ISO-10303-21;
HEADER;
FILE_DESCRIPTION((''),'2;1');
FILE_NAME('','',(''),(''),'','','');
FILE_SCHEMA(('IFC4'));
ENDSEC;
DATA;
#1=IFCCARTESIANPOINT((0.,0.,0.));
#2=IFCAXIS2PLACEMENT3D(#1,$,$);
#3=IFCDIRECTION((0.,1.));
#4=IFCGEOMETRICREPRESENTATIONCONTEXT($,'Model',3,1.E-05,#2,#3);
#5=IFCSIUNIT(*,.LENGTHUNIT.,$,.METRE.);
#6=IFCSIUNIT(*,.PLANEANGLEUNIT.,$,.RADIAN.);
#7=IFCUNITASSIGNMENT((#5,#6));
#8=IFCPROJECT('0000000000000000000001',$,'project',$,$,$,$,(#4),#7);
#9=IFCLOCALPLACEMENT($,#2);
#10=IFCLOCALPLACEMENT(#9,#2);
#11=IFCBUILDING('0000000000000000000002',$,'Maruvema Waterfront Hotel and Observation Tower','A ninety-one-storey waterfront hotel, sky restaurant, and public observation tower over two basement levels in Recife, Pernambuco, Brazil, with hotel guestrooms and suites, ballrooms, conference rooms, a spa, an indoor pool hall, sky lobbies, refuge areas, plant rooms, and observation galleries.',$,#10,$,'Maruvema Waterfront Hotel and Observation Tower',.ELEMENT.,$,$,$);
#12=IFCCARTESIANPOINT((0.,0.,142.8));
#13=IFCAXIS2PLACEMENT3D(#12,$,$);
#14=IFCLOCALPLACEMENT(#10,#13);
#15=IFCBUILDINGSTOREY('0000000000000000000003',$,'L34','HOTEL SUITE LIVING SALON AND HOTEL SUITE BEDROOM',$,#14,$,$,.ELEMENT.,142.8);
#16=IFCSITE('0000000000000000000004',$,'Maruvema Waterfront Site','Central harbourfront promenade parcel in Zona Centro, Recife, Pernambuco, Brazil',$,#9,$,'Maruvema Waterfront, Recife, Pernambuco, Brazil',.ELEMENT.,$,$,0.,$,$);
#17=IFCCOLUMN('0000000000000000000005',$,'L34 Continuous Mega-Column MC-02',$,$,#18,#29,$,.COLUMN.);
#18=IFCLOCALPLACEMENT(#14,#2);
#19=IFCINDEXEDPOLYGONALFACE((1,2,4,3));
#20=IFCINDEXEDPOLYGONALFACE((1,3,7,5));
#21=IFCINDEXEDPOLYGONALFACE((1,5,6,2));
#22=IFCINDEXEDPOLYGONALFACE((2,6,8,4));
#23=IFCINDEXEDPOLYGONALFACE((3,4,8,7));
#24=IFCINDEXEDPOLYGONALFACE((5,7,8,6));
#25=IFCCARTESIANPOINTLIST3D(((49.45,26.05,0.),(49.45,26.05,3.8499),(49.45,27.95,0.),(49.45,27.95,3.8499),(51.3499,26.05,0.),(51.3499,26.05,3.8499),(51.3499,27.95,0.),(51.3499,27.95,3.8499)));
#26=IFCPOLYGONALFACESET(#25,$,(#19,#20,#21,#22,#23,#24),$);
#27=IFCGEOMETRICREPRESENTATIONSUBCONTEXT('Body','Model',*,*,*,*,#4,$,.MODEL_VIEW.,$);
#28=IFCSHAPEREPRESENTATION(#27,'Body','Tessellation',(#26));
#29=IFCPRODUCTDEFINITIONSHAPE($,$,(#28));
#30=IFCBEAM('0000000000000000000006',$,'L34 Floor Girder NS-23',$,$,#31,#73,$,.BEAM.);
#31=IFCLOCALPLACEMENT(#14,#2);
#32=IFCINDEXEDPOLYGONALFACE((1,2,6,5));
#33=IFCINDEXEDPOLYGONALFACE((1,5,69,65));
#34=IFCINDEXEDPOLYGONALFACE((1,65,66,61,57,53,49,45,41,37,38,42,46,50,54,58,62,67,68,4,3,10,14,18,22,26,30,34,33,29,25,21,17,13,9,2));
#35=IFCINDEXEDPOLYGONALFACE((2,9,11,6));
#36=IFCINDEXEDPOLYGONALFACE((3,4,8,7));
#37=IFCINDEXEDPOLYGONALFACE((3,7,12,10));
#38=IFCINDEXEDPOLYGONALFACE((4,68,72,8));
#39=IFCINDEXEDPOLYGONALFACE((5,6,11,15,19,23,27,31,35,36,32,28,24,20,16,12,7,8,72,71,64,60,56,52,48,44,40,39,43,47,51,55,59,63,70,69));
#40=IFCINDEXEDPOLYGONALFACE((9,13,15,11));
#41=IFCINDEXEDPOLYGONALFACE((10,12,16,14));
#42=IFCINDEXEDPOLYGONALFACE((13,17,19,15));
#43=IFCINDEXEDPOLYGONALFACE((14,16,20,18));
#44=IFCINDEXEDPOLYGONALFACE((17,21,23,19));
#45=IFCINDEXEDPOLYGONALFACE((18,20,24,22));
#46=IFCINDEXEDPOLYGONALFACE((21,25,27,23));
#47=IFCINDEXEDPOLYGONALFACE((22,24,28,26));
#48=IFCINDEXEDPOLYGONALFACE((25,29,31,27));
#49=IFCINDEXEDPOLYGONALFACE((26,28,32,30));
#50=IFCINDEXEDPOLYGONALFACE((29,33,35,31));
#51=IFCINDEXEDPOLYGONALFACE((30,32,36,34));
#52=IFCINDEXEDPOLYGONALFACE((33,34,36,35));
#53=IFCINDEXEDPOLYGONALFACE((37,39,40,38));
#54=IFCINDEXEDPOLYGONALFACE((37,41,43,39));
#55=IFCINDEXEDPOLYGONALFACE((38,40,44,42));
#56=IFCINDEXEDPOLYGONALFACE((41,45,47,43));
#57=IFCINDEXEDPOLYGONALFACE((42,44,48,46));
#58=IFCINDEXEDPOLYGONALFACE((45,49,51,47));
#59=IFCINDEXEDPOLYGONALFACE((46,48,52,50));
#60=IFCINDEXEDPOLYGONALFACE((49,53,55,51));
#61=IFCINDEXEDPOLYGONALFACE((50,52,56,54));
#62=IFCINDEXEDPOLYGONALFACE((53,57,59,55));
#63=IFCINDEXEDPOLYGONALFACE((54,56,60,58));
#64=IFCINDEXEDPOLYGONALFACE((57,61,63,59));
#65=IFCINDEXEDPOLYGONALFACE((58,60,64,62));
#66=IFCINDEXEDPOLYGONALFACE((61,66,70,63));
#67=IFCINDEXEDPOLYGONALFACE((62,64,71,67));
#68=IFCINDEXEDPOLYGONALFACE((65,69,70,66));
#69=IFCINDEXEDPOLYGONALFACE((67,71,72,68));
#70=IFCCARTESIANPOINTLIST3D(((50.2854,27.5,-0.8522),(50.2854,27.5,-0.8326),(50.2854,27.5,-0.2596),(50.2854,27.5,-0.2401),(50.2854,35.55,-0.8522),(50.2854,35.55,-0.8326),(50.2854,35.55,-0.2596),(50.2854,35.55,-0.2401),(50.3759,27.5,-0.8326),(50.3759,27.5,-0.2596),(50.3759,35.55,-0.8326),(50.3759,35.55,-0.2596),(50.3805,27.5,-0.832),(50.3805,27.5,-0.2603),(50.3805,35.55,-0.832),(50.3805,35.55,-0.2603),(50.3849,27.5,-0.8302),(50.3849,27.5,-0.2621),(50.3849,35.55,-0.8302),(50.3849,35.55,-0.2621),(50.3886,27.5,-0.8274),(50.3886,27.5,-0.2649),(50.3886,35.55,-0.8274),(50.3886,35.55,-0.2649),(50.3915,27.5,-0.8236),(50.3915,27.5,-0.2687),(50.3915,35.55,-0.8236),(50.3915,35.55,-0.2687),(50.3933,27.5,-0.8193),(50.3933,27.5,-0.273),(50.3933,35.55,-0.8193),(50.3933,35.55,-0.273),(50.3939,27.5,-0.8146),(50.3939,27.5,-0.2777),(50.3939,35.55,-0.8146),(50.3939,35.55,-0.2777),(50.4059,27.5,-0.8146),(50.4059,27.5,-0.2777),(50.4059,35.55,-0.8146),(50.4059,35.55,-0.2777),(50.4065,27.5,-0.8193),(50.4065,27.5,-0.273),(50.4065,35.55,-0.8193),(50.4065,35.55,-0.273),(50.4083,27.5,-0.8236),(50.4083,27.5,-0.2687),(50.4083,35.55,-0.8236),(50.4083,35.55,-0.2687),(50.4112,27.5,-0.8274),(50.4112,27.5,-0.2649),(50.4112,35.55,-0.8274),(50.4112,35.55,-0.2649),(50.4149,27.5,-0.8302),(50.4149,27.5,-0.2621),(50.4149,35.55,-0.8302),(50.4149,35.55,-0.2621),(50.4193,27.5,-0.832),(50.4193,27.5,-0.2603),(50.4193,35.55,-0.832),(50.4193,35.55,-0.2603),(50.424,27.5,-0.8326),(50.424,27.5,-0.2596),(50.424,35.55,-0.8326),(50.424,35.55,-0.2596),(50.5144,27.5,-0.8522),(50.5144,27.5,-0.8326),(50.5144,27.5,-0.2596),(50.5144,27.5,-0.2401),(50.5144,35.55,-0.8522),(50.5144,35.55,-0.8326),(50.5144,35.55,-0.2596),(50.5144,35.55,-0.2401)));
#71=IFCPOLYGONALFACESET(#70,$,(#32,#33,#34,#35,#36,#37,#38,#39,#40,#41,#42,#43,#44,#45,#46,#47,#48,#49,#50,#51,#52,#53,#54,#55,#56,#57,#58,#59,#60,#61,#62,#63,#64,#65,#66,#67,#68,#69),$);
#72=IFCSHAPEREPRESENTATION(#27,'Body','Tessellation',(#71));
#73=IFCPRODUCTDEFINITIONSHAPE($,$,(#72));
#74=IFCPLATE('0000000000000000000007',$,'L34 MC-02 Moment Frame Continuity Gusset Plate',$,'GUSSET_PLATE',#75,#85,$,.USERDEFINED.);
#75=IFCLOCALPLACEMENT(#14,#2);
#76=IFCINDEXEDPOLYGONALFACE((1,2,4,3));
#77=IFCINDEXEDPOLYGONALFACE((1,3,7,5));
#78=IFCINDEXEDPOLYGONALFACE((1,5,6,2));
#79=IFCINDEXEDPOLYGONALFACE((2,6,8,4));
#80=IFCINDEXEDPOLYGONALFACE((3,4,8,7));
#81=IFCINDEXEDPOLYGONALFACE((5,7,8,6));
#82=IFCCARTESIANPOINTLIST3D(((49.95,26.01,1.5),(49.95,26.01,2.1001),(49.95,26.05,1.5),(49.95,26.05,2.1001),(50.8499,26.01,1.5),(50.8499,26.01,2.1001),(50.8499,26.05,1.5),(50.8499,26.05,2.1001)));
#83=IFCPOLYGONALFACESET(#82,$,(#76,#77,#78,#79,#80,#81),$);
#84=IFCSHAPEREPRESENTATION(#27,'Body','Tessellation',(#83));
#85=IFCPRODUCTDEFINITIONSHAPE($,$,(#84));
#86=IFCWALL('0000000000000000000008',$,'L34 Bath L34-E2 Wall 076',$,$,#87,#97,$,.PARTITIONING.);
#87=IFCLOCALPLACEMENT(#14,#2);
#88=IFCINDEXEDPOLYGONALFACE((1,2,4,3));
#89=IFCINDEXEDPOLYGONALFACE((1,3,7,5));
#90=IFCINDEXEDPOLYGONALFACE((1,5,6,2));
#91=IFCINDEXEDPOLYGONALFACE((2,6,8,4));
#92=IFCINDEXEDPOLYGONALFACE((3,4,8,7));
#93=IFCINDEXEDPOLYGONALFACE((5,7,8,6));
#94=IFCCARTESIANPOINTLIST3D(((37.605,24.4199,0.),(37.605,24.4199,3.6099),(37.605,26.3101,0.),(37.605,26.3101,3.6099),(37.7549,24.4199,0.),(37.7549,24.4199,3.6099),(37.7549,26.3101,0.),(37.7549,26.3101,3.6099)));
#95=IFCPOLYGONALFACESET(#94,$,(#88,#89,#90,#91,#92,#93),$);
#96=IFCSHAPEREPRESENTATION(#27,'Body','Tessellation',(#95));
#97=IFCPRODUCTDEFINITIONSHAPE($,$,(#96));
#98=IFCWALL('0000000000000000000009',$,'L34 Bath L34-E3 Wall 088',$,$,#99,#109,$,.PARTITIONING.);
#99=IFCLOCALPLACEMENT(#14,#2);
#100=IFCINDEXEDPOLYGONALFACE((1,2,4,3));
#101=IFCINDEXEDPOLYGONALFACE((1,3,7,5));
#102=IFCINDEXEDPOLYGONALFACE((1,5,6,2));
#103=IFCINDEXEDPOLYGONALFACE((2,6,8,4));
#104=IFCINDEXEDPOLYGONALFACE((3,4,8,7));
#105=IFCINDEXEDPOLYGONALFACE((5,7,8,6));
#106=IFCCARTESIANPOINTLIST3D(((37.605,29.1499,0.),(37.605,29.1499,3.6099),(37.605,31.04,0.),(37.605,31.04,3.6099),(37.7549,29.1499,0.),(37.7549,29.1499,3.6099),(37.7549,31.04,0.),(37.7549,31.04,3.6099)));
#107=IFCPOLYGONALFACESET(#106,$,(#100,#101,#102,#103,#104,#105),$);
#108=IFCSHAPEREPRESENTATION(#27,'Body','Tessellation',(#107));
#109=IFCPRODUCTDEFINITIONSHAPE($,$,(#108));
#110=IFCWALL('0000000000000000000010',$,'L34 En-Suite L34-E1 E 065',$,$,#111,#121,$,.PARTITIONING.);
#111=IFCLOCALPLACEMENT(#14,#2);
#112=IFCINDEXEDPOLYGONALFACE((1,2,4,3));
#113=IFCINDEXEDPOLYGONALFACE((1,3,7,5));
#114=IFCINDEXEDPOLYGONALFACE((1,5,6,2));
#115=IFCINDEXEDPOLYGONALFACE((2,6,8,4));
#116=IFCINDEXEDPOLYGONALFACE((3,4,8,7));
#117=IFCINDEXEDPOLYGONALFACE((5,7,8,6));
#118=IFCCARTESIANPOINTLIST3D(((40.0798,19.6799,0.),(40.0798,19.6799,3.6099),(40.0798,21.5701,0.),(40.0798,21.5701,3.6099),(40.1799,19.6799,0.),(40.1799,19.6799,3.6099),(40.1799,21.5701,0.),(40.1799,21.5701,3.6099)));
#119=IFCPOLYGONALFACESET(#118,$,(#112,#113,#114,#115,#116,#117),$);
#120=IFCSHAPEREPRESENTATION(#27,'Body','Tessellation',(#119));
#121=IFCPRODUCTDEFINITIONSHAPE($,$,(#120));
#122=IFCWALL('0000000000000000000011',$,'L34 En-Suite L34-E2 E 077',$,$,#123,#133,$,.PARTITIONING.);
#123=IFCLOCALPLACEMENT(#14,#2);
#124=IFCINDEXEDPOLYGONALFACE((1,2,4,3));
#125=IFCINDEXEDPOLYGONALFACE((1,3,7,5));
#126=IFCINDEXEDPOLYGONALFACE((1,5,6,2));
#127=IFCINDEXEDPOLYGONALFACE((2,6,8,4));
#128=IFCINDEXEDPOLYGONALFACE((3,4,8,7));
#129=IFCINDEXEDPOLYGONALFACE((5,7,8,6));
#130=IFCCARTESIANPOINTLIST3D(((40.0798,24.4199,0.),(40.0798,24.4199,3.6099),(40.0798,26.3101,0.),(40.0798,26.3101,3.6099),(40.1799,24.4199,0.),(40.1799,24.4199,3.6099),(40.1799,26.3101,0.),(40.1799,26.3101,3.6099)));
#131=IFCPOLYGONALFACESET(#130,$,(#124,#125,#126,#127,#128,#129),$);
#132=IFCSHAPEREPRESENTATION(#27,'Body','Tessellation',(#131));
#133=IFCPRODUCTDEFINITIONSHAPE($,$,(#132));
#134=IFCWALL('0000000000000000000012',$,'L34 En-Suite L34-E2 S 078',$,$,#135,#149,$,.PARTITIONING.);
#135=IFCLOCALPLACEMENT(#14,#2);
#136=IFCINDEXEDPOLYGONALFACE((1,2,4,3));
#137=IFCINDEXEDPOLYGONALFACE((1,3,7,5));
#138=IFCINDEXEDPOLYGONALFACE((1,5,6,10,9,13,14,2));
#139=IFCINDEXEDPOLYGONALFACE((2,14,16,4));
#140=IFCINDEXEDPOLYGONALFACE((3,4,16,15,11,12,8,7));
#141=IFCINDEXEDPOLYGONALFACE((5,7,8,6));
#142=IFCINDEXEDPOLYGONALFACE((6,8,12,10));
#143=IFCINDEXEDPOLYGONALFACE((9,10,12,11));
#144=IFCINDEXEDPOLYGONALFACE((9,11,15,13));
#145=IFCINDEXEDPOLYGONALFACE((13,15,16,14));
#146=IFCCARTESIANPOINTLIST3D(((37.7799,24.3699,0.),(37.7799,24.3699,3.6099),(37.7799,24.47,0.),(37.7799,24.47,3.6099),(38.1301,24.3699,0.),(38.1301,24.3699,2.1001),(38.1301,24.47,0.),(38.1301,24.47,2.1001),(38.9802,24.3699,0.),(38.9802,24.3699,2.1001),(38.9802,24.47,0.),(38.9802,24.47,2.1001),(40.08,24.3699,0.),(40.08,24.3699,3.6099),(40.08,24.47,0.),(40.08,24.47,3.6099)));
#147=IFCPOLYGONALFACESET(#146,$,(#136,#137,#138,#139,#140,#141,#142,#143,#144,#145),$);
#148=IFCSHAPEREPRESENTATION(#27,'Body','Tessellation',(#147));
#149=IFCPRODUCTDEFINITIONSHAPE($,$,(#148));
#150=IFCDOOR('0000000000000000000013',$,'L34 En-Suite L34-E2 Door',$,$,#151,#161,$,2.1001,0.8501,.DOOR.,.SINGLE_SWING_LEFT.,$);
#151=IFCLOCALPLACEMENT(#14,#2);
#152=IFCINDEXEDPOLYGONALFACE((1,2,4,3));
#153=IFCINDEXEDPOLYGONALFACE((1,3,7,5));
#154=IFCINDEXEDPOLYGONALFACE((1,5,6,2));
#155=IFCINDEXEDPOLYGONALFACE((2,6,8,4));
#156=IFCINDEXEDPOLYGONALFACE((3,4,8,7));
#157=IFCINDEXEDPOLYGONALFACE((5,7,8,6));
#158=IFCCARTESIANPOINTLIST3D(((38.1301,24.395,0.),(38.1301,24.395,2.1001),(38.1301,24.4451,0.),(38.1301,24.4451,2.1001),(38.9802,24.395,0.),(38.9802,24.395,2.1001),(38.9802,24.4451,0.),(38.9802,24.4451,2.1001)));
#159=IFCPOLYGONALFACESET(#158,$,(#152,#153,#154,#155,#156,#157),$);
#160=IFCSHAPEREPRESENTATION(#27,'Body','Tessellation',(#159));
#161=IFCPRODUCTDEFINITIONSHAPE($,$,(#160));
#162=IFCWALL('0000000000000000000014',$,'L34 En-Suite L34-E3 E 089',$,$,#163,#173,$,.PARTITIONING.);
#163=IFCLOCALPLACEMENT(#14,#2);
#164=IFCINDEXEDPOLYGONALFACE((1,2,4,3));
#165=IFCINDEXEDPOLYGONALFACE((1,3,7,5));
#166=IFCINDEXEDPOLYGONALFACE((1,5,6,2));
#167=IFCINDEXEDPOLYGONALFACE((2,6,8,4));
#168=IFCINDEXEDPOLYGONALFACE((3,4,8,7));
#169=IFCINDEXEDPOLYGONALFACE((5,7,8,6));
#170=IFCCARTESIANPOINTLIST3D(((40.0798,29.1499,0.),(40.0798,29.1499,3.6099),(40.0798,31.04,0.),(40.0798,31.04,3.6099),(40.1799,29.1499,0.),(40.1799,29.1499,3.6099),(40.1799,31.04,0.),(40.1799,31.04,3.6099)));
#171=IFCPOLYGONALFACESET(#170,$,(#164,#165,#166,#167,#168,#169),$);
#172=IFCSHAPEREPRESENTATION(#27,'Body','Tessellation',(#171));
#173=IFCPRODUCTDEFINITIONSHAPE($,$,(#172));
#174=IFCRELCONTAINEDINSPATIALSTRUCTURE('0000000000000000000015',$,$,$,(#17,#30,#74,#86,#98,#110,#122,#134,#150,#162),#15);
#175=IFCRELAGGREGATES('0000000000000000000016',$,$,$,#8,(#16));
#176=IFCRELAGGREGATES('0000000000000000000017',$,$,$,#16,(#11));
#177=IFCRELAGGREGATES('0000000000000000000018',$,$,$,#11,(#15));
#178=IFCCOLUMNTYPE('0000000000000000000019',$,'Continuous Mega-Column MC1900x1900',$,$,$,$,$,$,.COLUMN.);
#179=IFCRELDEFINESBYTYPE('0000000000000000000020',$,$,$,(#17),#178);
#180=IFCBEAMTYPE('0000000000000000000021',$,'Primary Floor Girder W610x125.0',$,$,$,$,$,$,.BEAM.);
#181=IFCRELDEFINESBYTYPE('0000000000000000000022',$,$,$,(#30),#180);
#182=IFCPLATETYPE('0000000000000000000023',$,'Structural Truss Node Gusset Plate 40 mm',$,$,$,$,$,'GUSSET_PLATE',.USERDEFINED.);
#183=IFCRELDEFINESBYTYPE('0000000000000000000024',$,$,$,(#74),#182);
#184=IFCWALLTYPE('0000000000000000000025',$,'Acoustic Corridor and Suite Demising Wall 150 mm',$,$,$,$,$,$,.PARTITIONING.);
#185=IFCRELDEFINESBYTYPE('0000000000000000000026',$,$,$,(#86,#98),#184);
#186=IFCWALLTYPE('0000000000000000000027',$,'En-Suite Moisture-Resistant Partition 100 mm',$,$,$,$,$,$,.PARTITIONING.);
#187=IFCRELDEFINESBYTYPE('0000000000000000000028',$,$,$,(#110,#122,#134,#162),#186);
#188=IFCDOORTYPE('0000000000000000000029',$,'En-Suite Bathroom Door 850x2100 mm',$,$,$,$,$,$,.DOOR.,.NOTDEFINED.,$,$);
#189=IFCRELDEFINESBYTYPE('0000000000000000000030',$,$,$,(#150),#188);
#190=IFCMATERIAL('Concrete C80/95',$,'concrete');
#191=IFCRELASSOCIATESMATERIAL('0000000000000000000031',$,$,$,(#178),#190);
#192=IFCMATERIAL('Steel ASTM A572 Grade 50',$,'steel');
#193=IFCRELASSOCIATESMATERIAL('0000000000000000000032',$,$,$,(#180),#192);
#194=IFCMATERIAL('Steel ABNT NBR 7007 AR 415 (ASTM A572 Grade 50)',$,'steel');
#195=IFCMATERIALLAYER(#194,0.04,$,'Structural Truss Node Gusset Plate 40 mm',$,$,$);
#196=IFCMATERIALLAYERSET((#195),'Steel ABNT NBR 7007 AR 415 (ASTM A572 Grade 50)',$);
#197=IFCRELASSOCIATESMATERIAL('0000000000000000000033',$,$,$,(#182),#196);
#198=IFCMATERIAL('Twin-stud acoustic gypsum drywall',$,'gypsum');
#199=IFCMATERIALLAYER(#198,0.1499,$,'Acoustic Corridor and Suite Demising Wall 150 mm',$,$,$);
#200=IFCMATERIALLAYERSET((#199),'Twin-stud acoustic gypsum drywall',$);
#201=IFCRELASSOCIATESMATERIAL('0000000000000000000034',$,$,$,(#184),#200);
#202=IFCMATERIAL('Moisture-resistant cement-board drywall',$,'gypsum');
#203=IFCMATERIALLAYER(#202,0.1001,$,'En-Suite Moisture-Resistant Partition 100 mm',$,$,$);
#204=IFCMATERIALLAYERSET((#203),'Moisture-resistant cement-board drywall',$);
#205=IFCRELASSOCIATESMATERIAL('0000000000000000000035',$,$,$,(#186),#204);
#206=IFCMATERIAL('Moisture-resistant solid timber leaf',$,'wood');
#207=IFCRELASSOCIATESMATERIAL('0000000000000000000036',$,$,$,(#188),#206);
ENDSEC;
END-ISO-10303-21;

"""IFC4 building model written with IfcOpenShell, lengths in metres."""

from ifc_helpers import new_model, si_unit, direction, frame, frame_2d, origin, origin_2d, place, context, subcontext, project, spatial, rectangle, i_section, extrude, material, layer, layer_set, material_profile, profile_set, type_object, element, fill, save


model = new_model("IFC4")

# Units and contexts
model_context = context("Model", 3, precision=1e-05, world=origin(), true_north=direction((0.0, 1.0)))
body_context = subcontext(model_context, "Body", "Model", "MODEL_VIEW")
ifc_project = project(units=[si_unit("LENGTHUNIT", "METRE"), si_unit("PLANEANGLEUNIT", "RADIAN")], contexts=[model_context])

# Site, building, storey
site_placement = place(None, origin())
site = spatial("IfcSite", under=ifc_project, at=site_placement, Name="Maruvema Waterfront Site", Description="Central harbourfront promenade parcel in Zona Centro, Recife, Pernambuco, Brazil", LongName="Maruvema Waterfront, Recife, Pernambuco, Brazil", CompositionType="ELEMENT", RefElevation=0.0)
building_placement = place(site_placement, origin())
building = spatial("IfcBuilding", under=site, at=building_placement, Name="Maruvema Waterfront Hotel and Observation Tower", Description="A ninety-one-storey waterfront hotel, sky restaurant, and public observation tower over two basement levels in Recife, Pernambuco, Brazil, with hotel guestrooms and suites, ballrooms, conference rooms, a spa, an indoor pool hall, sky lobbies, refuge areas, plant rooms, and observation galleries.", LongName="Maruvema Waterfront Hotel and Observation Tower", CompositionType="ELEMENT")
storey_placement = place(building_placement, frame((0.0, 0.0, 142.8)))
storey = spatial("IfcBuildingStorey", under=building, at=storey_placement, Name="L34", Description="HOTEL SUITE LIVING SALON AND HOTEL SUITE BEDROOM", CompositionType="ELEMENT", Elevation=142.8)

# Column
ifc_material_1 = material(Name="Concrete C80/95", Category="concrete")
ifc_material_profile_1 = material_profile(ifc_material_1, rectangle(XDim=1.8999, YDim=1.8999, at=origin_2d()), Name="MC1900x1900")
ifc_profile_set_1 = profile_set([ifc_material_profile_1], Name="Concrete C80/95")
column_type = type_object("IfcColumnType", Name="Continuous Mega-Column MC1900x1900", PredefinedType="COLUMN", material=ifc_profile_set_1)
column_placement = place(storey_placement, frame((50.3999, 27.0, 0.0), z_axis=(0.0, 0.0, 1.0), x_axis=(1.0, 0.0, 0.0)))
element("IfcColumn", 1, at=column_placement, inside=storey, type_object=column_type, Name="L34 Continuous Mega-Column MC-02", PredefinedType="COLUMN", context=body_context, shape_type="SweptSolid", body=[
    extrude(rectangle(XDim=1.8999, YDim=1.8999, at=origin_2d()), origin(), (0.0, 0.0, 1.0), 3.8499),
])

# Beam
ifc_material_2 = material(Name="Steel ASTM A572 Grade 50", Category="steel")
ifc_material_profile_2 = material_profile(ifc_material_2, i_section(OverallWidth=0.229, OverallDepth=0.6121, WebThickness=0.012, FlangeThickness=0.0195, FilletRadius=0.0181, at=origin_2d()), Name="W610x125.0")
ifc_profile_set_2 = profile_set([ifc_material_profile_2], Name="Steel ASTM A572 Grade 50")
beam_type = type_object("IfcBeamType", Name="Primary Floor Girder W610x125.0", PredefinedType="BEAM", material=ifc_profile_set_2)
beam_placement = place(storey_placement, frame((50.3999, 27.5, -0.5461), z_axis=(0.0, 1.0, 0.0), x_axis=(-1.0, 0.0, 0.0)))
element("IfcBeam", 2, at=beam_placement, inside=storey, type_object=beam_type, Name="L34 Floor Girder NS-23", PredefinedType="BEAM", context=body_context, shape_type="SweptSolid", body=[
    extrude(i_section(OverallWidth=0.229, OverallDepth=0.6121, WebThickness=0.012, FlangeThickness=0.0195, FilletRadius=0.0181, at=origin_2d()), origin(), (0.0, 0.0, 1.0), 8.05),
])

# Plate
ifc_material_3 = material(Name="Steel ABNT NBR 7007 AR 415 (ASTM A572 Grade 50)", Category="steel")
ifc_layer_1 = layer(ifc_material_3, 0.04, Name="Structural Truss Node Gusset Plate 40 mm")
ifc_layer_set_1 = layer_set([ifc_layer_1], Name="Steel ABNT NBR 7007 AR 415 (ASTM A572 Grade 50)")
plate_type = type_object("IfcPlateType", Name="Structural Truss Node Gusset Plate 40 mm", ElementType="GUSSET_PLATE", PredefinedType="USERDEFINED", material=ifc_layer_set_1)
plate_placement = place(storey_placement, frame((50.3999, 26.03, 1.5), z_axis=(0.0, 0.0, 1.0), x_axis=(1.0, 0.0, 0.0)))
element("IfcPlate", 3, at=plate_placement, inside=storey, type_object=plate_type, Name="L34 MC-02 Moment Frame Continuity Gusset Plate", ObjectType="GUSSET_PLATE", PredefinedType="USERDEFINED", context=body_context, shape_type="SweptSolid", body=[
    extrude(rectangle(XDim=0.8999, YDim=0.04, at=origin_2d()), origin(), (0.0, 0.0, 1.0), 0.6001),
])

# Shared definitions
ifc_material_4 = material(Name="Twin-stud acoustic gypsum drywall", Category="gypsum")
ifc_layer_2 = layer(ifc_material_4, 0.1499, Name="Acoustic Corridor and Suite Demising Wall 150 mm")
ifc_layer_set_2 = layer_set([ifc_layer_2], Name="Twin-stud acoustic gypsum drywall")
wall_type_1 = type_object("IfcWallType", Name="Acoustic Corridor and Suite Demising Wall 150 mm", PredefinedType="PARTITIONING", material=ifc_layer_set_2)

# Wall
wall_1_placement = place(storey_placement, frame((37.6799, 24.4199, 0.0), z_axis=(0.0, 0.0, 1.0), x_axis=(0.0, 1.0, 0.0)))
element("IfcWall", 4, at=wall_1_placement, inside=storey, type_object=wall_type_1, Name="L34 Bath L34-E2 Wall 076", PredefinedType="PARTITIONING", context=body_context, shape_type="SweptSolid", body=[
    extrude(rectangle(XDim=1.8901, YDim=0.1499, at=frame_2d((0.9451, 0.0))), origin(), (0.0, 0.0, 1.0), 3.6099),
])

# Walls
wall_2_placement = place(storey_placement, frame((37.6799, 29.1499, 0.0), z_axis=(0.0, 0.0, 1.0), x_axis=(0.0, 1.0, 0.0)))
element("IfcWall", 5, at=wall_2_placement, inside=storey, type_object=wall_type_1, Name="L34 Bath L34-E3 Wall 088", PredefinedType="PARTITIONING", context=body_context, shape_type="SweptSolid", body=[
    extrude(rectangle(XDim=1.8901, YDim=0.1499, at=frame_2d((0.9451, 0.0))), origin(), (0.0, 0.0, 1.0), 3.6099),
])
ifc_material_5 = material(Name="Moisture-resistant cement-board drywall", Category="gypsum")
ifc_layer_3 = layer(ifc_material_5, 0.1001, Name="En-Suite Moisture-Resistant Partition 100 mm")
ifc_layer_set_3 = layer_set([ifc_layer_3], Name="Moisture-resistant cement-board drywall")
wall_type_2 = type_object("IfcWallType", Name="En-Suite Moisture-Resistant Partition 100 mm", PredefinedType="PARTITIONING", material=ifc_layer_set_3)
for number, where, z_axis, x_axis, name in (
    (6, (40.1299, 19.6799, 0.0), (0.0, 0.0, 1.0), (0.0, 1.0, 0.0), "L34 En-Suite L34-E1 E 065"),
    (7, (40.1299, 24.4199, 0.0), (0.0, 0.0, 1.0), (0.0, 1.0, 0.0), "L34 En-Suite L34-E2 E 077"),
):
    element("IfcWall", number, at=place(storey_placement, frame(where, z_axis=z_axis, x_axis=x_axis)), inside=storey, type_object=wall_type_2, Name=name, PredefinedType="PARTITIONING", context=body_context, shape_type="SweptSolid", body=[
        extrude(rectangle(XDim=1.8901, YDim=0.1001, at=frame_2d((0.9451, 0.0))), origin(), (0.0, 0.0, 1.0), 3.6099),
    ])

# Wall, opening, door
wall_3_placement = place(storey_placement, frame((37.78, 24.4199, 0.0), z_axis=(0.0, 0.0, 1.0), x_axis=(1.0, 0.0, 0.0)))
wall_3 = element("IfcWall", 8, at=wall_3_placement, inside=storey, type_object=wall_type_2, Name="L34 En-Suite L34-E2 S 078", PredefinedType="PARTITIONING", context=body_context, shape_type="SweptSolid", body=[
    extrude(rectangle(XDim=2.3, YDim=0.1001, at=frame_2d((1.1499, 0.0))), origin(), (0.0, 0.0, 1.0), 3.6099),
])
opening_1_placement = place(wall_3_placement, frame((0.3501, 0.0, 0.0)))
opening_1 = element("IfcOpeningElement", 9, at=opening_1_placement, cuts=wall_3, PredefinedType="OPENING", context=body_context, shape_type="SweptSolid", body=[
    extrude(rectangle(XDim=0.8501, YDim=2.1001, at=frame_2d((0.425, 1.05))), frame((0.0, 0.0601, 0.0), z_axis=(0.0, -1.0, 0.0), x_axis=(1.0, 0.0, 0.0)), (0.0, 0.0, 1.0), 0.1201),
])
ifc_material_6 = material(Name="Moisture-resistant solid timber leaf", Category="wood")
door_type_1 = type_object("IfcDoorType", Name="En-Suite Bathroom Door 850x2100 mm", OperationType="NOTDEFINED", PredefinedType="DOOR", material=ifc_material_6)
door_1_placement = place(opening_1_placement, frame((0.8501, 0.0, 0.0), z_axis=(0.0, 0.0, 1.0), x_axis=(-1.0, 0.0, 0.0)))
door_1 = element("IfcDoor", 10, at=door_1_placement, inside=storey, type_object=door_type_1, Name="L34 En-Suite L34-E2 Door", OperationType="SINGLE_SWING_LEFT", OverallHeight=2.1001, OverallWidth=0.8501, PredefinedType="DOOR", context=body_context, shape_type="SweptSolid", body=[
    extrude(rectangle(XDim=0.8501, YDim=2.1001, at=frame_2d((0.425, 1.05))), frame((0.0, 0.0249, 0.0), z_axis=(0.0, -1.0, 0.0), x_axis=(1.0, 0.0, 0.0)), (0.0, 0.0, 1.0), 0.05),
])
fill(opening_1, door_1)

# Wall
wall_4_placement = place(storey_placement, frame((40.1299, 29.1499, 0.0), z_axis=(0.0, 0.0, 1.0), x_axis=(0.0, 1.0, 0.0)))
element("IfcWall", 11, at=wall_4_placement, inside=storey, type_object=wall_type_2, Name="L34 En-Suite L34-E3 E 089", PredefinedType="PARTITIONING", context=body_context, shape_type="SweptSolid", body=[
    extrude(rectangle(XDim=1.8901, YDim=0.1001, at=frame_2d((0.9451, 0.0))), origin(), (0.0, 0.0, 1.0), 3.6099),
])

save(model, "model.ifc")
